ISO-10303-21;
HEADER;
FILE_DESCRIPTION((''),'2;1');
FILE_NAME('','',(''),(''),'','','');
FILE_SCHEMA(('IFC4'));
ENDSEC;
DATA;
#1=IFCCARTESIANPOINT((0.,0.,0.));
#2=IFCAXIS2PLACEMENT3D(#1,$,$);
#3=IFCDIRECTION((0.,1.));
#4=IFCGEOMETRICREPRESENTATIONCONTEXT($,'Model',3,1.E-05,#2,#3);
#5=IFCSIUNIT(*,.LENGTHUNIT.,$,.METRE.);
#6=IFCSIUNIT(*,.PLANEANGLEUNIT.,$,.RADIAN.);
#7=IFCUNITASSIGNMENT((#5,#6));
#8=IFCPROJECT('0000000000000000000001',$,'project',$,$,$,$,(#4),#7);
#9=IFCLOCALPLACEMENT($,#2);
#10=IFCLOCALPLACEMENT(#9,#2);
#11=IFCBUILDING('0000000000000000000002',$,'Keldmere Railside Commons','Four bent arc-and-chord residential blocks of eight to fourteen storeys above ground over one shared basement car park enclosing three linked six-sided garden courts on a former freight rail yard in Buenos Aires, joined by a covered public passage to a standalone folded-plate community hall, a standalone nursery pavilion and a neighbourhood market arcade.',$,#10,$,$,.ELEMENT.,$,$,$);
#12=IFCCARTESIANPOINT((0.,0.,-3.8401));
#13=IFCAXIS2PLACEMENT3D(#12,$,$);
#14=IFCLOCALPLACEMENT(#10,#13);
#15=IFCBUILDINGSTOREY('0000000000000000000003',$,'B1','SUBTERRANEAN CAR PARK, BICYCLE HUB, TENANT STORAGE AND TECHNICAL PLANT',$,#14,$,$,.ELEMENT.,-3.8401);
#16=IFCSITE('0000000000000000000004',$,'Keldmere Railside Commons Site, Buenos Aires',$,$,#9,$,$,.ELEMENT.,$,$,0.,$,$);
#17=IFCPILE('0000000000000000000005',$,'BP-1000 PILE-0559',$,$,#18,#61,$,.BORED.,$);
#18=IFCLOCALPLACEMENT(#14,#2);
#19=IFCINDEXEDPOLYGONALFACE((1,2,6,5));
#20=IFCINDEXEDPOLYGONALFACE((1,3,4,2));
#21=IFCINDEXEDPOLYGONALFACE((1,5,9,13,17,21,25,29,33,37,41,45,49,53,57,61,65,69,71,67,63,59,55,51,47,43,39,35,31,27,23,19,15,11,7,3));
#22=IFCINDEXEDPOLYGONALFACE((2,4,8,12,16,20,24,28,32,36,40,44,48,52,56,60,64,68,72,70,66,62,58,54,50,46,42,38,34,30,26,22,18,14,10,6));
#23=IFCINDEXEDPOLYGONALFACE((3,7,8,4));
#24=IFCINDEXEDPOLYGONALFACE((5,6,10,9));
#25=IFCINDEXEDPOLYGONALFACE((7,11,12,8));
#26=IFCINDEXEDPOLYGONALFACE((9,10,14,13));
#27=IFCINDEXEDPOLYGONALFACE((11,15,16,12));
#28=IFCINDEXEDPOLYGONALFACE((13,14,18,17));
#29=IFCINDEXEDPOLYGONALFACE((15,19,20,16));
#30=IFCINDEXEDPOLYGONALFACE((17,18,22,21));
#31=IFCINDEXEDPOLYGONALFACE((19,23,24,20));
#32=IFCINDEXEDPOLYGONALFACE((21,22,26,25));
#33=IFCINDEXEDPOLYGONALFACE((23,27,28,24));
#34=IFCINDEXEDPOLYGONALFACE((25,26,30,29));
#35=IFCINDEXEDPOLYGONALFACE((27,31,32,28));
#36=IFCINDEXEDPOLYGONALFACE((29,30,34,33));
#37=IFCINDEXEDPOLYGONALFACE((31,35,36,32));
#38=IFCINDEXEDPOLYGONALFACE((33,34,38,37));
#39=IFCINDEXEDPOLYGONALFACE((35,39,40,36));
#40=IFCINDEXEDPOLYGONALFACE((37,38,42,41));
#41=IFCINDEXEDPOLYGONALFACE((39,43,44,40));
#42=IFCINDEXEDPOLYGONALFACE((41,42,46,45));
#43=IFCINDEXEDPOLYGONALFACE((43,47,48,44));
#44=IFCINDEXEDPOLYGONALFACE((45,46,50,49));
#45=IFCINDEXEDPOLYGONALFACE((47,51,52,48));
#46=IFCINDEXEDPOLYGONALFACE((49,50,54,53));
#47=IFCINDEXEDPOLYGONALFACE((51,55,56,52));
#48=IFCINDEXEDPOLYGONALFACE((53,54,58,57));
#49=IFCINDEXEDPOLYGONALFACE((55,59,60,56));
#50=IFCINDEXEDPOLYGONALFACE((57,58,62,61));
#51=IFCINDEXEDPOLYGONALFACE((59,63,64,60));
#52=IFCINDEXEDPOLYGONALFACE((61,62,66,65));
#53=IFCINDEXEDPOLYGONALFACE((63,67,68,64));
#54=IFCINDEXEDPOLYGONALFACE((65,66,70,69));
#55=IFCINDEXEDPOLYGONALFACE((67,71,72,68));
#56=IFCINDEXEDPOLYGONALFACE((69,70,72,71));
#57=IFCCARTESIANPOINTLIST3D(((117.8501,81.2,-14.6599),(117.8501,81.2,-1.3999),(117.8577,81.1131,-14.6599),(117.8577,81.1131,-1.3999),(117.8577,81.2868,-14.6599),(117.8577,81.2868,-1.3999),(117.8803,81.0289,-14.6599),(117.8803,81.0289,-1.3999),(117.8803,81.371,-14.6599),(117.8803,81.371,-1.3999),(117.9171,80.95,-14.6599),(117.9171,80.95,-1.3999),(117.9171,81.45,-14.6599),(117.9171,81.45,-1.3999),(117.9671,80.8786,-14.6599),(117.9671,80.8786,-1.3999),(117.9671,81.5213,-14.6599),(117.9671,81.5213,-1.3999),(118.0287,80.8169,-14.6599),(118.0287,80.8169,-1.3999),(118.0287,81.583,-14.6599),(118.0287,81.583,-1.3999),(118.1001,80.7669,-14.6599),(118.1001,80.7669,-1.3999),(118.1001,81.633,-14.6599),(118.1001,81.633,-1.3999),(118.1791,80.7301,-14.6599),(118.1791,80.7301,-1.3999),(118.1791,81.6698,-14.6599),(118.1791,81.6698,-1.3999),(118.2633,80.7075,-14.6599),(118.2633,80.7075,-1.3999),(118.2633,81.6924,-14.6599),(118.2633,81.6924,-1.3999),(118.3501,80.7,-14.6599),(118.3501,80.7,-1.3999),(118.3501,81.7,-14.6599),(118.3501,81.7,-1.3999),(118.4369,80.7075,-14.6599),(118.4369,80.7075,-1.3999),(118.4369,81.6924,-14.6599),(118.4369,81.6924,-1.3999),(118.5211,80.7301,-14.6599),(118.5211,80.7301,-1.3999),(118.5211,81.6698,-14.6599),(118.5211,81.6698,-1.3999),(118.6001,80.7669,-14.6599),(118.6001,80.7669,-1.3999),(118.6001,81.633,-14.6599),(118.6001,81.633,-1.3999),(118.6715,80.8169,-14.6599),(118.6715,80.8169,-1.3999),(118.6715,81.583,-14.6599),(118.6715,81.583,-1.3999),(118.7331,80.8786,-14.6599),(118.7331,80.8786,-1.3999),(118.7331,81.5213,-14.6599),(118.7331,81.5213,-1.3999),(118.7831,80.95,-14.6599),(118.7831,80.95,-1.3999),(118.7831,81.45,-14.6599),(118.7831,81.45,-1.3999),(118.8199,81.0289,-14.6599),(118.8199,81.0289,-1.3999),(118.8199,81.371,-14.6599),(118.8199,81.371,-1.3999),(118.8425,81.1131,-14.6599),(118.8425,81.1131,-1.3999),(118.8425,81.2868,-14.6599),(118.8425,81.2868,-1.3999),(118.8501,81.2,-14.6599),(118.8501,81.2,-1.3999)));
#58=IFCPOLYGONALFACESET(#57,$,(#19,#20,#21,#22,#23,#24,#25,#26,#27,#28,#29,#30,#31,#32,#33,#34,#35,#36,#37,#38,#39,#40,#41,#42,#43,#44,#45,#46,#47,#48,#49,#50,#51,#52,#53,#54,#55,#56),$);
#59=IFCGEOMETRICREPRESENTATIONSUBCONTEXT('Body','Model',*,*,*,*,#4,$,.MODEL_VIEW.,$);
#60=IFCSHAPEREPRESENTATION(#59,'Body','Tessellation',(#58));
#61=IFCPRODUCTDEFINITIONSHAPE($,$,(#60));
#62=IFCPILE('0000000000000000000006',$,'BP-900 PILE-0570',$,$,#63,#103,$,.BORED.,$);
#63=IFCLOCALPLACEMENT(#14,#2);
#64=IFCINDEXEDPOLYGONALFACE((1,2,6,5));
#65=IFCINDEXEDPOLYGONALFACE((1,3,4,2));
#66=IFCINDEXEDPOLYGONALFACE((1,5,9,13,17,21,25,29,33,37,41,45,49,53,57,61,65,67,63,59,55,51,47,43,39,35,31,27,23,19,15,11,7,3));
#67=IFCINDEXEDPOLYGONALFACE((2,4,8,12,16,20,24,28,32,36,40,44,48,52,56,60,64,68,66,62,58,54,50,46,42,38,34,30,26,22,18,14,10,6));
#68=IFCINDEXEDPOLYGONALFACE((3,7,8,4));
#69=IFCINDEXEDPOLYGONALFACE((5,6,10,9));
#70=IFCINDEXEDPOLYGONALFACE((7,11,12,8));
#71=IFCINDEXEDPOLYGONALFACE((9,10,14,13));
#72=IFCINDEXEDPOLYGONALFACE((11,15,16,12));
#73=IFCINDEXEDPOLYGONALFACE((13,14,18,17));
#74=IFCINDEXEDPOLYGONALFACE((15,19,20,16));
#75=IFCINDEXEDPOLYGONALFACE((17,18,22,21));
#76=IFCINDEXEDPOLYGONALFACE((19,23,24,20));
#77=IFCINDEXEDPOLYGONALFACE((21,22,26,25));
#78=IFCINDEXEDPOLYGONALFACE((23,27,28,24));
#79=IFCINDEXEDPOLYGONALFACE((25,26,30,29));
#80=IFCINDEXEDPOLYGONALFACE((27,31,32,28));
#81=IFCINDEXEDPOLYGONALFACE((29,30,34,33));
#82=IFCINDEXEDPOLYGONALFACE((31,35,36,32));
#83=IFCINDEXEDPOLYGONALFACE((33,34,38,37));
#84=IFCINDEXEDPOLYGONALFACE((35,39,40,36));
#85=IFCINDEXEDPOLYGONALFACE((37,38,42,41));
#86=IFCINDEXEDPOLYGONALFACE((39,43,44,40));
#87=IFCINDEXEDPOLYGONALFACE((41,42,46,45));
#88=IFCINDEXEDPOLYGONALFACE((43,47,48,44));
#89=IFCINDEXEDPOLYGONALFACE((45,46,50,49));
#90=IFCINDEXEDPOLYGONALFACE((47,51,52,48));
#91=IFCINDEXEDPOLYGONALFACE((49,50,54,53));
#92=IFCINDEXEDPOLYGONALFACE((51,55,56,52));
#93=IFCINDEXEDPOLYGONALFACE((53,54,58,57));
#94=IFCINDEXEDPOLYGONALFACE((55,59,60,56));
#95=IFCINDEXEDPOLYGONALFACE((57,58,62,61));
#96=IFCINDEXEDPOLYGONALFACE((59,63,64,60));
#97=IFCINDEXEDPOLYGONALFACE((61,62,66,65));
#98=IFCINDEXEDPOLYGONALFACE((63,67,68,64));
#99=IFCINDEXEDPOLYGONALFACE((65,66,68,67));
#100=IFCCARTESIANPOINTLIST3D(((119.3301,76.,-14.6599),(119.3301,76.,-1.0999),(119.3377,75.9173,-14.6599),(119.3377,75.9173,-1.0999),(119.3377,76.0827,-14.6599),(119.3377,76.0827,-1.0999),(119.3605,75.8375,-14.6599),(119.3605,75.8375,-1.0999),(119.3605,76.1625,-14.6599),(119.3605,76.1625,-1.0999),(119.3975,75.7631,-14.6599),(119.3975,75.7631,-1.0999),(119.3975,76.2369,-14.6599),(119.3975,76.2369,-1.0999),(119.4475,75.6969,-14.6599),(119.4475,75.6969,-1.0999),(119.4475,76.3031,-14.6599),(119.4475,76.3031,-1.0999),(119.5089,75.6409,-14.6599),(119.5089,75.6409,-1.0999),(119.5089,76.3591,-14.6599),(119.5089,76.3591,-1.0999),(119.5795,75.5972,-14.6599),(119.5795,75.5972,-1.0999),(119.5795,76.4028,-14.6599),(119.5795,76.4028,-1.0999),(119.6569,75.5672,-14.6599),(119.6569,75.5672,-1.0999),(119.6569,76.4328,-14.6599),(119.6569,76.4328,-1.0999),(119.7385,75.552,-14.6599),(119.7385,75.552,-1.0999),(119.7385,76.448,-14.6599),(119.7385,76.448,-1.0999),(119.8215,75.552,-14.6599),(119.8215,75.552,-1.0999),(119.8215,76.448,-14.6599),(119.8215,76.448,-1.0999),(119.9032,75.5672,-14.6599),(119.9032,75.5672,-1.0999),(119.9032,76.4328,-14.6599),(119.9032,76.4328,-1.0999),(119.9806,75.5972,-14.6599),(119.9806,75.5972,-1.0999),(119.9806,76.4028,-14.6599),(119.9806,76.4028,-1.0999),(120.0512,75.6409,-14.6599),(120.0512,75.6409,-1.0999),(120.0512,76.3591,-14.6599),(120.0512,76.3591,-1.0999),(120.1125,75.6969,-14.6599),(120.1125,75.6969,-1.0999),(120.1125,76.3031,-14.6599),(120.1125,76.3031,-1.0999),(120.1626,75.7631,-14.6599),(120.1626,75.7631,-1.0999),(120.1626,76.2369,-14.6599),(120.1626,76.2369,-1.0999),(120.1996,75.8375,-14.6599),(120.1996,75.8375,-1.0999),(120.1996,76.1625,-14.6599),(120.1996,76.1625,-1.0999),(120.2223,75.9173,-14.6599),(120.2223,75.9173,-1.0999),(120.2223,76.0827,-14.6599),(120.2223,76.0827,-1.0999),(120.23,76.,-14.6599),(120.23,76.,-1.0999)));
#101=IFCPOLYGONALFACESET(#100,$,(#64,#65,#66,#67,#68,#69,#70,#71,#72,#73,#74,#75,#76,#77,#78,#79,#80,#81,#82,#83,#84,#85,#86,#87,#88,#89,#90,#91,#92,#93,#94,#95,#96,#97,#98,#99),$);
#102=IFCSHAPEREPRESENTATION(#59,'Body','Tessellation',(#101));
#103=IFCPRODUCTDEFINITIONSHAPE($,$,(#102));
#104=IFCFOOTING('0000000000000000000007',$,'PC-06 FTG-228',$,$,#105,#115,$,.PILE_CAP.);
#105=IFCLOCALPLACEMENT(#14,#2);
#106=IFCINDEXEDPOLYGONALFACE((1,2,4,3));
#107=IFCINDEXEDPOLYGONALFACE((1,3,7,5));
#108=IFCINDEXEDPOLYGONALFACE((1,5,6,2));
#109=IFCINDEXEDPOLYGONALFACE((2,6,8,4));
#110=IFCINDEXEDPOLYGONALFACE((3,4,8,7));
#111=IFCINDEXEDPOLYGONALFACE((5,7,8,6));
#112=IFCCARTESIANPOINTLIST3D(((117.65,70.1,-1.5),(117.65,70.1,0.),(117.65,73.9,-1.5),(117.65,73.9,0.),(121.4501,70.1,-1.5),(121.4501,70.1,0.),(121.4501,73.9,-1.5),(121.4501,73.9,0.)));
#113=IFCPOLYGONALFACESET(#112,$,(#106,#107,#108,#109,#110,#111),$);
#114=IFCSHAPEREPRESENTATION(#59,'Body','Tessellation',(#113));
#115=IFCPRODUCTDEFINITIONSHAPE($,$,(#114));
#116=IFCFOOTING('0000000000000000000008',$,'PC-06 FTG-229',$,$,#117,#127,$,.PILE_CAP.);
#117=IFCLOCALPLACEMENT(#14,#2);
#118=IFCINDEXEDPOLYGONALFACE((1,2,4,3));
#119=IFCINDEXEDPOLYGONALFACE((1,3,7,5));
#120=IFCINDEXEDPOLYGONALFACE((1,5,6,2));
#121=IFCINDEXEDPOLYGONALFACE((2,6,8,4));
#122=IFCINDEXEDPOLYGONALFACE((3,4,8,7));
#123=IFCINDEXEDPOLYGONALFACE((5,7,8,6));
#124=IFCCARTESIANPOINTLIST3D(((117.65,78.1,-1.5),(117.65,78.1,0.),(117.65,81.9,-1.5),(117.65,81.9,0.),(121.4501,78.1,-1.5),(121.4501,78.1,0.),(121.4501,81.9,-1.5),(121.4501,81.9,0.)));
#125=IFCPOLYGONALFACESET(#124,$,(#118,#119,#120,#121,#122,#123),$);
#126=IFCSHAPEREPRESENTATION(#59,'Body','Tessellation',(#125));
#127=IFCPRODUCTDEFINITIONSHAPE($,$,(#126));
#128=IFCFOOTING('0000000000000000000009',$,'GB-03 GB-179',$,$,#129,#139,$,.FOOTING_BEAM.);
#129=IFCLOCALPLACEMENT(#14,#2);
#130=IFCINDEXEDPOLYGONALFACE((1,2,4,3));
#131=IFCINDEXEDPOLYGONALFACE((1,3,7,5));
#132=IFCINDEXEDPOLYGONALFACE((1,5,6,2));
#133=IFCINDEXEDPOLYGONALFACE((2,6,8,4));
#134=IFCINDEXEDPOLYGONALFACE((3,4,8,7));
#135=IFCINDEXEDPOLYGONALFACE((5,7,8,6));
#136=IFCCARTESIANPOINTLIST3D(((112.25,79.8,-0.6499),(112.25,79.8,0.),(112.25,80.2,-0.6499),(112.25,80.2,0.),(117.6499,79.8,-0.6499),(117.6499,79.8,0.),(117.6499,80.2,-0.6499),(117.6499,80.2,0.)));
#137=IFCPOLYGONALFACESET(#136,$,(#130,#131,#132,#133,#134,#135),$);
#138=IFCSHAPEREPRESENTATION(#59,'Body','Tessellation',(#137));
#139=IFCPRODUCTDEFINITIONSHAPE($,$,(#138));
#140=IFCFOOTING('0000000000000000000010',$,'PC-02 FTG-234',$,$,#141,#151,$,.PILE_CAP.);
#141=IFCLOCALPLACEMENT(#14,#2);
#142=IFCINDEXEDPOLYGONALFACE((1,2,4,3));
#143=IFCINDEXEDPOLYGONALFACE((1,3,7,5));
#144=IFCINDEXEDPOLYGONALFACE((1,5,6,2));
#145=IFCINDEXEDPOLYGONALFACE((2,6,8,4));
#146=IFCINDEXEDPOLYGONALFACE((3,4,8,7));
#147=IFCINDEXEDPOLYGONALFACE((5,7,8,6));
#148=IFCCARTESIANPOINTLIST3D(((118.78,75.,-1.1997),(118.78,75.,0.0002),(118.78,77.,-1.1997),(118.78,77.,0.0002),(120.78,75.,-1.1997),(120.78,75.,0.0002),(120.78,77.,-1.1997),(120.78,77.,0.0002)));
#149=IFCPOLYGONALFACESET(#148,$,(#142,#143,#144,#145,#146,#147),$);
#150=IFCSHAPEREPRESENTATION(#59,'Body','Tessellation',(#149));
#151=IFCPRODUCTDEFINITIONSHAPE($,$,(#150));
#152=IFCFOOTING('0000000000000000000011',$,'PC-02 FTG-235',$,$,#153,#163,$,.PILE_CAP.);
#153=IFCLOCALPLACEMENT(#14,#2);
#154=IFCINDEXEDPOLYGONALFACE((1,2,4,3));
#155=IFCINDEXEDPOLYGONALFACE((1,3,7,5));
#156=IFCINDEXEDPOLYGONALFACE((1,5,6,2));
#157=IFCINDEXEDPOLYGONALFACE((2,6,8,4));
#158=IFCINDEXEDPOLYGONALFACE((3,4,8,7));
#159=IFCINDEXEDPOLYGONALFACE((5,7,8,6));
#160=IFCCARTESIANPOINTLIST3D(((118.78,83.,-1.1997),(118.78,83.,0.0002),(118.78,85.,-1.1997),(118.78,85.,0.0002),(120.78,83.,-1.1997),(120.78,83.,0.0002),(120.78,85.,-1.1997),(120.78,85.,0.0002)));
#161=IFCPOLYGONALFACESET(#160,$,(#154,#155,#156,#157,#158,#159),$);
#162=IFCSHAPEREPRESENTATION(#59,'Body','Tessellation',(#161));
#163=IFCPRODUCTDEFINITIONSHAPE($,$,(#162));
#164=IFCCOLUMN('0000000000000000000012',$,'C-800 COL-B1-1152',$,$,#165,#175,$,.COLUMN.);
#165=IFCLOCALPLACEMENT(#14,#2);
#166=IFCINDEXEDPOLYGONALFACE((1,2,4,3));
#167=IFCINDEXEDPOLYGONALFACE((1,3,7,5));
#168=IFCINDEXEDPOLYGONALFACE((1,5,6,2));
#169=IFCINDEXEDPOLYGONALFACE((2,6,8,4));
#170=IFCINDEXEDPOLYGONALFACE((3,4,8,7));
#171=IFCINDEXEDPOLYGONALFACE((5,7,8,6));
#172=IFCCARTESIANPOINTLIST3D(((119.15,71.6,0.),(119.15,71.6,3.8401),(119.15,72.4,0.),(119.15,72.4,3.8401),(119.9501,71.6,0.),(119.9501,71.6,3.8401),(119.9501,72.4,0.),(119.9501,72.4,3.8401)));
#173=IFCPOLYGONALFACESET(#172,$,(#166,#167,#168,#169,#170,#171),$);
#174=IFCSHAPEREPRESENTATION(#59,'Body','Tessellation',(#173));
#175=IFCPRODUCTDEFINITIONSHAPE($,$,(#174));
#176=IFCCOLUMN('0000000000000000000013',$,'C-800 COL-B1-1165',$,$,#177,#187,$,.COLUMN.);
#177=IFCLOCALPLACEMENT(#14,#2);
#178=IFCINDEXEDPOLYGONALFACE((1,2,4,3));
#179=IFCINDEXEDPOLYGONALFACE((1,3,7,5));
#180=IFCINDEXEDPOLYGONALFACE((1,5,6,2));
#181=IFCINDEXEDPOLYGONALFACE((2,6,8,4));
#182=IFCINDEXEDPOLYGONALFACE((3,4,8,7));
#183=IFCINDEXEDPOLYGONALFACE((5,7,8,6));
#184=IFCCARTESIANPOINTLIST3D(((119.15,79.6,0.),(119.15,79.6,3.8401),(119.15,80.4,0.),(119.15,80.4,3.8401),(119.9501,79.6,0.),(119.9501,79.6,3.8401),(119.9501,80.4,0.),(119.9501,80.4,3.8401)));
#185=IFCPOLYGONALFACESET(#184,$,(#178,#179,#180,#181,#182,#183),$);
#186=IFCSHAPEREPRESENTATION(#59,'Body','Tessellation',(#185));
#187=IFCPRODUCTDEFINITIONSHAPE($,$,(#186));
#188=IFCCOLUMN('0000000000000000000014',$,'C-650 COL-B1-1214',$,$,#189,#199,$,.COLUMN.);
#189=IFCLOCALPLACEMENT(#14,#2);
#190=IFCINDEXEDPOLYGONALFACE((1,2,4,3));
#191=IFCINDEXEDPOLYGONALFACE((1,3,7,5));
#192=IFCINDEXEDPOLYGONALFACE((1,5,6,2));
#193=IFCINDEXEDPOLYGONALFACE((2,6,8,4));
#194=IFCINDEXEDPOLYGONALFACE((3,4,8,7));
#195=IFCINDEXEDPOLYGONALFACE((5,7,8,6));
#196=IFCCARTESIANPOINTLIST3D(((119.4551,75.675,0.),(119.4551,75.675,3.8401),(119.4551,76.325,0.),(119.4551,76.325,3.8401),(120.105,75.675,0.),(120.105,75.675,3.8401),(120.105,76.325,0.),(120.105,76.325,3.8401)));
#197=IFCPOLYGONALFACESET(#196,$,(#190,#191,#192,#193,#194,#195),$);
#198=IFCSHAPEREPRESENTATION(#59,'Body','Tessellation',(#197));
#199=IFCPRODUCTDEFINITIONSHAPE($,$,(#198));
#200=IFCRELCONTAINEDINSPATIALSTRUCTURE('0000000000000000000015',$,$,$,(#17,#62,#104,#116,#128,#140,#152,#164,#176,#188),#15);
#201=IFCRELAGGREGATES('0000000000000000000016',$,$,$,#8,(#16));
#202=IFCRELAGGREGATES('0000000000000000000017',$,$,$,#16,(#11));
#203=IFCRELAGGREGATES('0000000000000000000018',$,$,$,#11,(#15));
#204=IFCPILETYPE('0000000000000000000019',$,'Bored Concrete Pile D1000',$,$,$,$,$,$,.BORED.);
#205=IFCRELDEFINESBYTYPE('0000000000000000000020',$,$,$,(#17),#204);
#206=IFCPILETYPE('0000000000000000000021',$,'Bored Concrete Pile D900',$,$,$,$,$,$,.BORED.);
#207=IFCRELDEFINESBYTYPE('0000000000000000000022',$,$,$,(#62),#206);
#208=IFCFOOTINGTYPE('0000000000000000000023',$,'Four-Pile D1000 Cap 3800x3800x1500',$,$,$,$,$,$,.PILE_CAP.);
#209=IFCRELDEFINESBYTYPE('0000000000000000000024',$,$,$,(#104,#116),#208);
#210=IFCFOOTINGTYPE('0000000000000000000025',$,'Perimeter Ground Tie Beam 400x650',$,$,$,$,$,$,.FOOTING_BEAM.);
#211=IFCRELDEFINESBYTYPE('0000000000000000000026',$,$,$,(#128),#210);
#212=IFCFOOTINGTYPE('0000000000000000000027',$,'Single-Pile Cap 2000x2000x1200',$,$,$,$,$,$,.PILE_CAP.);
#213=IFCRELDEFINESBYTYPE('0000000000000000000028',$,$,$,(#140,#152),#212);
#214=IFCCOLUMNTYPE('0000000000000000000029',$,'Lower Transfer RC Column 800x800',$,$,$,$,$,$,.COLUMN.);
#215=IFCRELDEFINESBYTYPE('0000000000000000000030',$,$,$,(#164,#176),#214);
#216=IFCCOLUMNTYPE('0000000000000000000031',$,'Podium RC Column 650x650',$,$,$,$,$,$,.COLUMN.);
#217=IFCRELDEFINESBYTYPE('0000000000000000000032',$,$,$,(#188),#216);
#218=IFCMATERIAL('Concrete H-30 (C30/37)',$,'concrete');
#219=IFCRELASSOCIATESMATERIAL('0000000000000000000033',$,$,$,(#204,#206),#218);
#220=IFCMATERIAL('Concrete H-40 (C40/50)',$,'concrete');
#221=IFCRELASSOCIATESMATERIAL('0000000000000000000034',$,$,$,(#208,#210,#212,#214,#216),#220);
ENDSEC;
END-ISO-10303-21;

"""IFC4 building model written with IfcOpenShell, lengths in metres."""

from ifc_helpers import new_model, si_unit, direction, frame, origin, origin_2d, place, context, subcontext, project, spatial, rectangle, circle, extrude, material, material_profile, profile_set, type_object, element, save


model = new_model("IFC4")

# Units and contexts
model_context = context("Model", 3, precision=1e-05, world=origin(), true_north=direction((0.0, 1.0)))
body_context = subcontext(model_context, "Body", "Model", "MODEL_VIEW")
ifc_project = project(units=[si_unit("LENGTHUNIT", "METRE"), si_unit("PLANEANGLEUNIT", "RADIAN")], contexts=[model_context])

# Site, building, storey
site_placement = place(None, origin())
site = spatial("IfcSite", under=ifc_project, at=site_placement, Name="Keldmere Railside Commons Site, Buenos Aires", CompositionType="ELEMENT", RefElevation=0.0)
building_placement = place(site_placement, origin())
building = spatial("IfcBuilding", under=site, at=building_placement, Name="Keldmere Railside Commons", Description="Four bent arc-and-chord residential blocks of eight to fourteen storeys above ground over one shared basement car park enclosing three linked six-sided garden courts on a former freight rail yard in Buenos Aires, joined by a covered public passage to a standalone folded-plate community hall, a standalone nursery pavilion and a neighbourhood market arcade.", CompositionType="ELEMENT")
storey_placement = place(building_placement, frame((0.0, 0.0, -3.8401)))
storey = spatial("IfcBuildingStorey", under=building, at=storey_placement, Name="B1", Description="SUBTERRANEAN CAR PARK, BICYCLE HUB, TENANT STORAGE AND TECHNICAL PLANT", CompositionType="ELEMENT", Elevation=-3.8401)

# Piles
ifc_material_1 = material(Name="Concrete H-30 (C30/37)", Category="concrete")
ifc_material_profile_1 = material_profile(ifc_material_1, circle(Radius=0.5, at=origin_2d()), Name="PILE-D1000")
ifc_profile_set_1 = profile_set([ifc_material_profile_1], Name="Concrete H-30 (C30/37)")
pile_type_1 = type_object("IfcPileType", Name="Bored Concrete Pile D1000", PredefinedType="BORED", material=ifc_profile_set_1)
for number, where, z_axis, x_axis, name in (
    (1, (118.3501, 81.2, -1.3999), (0.0, 0.0, -1.0), (1.0, 0.0, 0.0), "BP-1000 PILE-0559"),
):
    element("IfcPile", number, at=place(storey_placement, frame(where, z_axis=z_axis, x_axis=x_axis)), inside=storey, type_object=pile_type_1, Name=name, PredefinedType="BORED", context=body_context, shape_type="SweptSolid", body=[
        extrude(circle(Radius=0.5, at=origin_2d()), origin(), (0.0, 0.0, 1.0), 13.26),
    ])
ifc_material_profile_2 = material_profile(ifc_material_1, circle(Radius=0.45, at=origin_2d()), Name="PILE-D900")
ifc_profile_set_2 = profile_set([ifc_material_profile_2], Name="Concrete H-30 (C30/37)")
pile_type_2 = type_object("IfcPileType", Name="Bored Concrete Pile D900", PredefinedType="BORED", material=ifc_profile_set_2)
pile_placement = place(storey_placement, frame((119.78, 76.0, -1.0999), z_axis=(0.0, 0.0, -1.0), x_axis=(1.0, 0.0, 0.0)))
element("IfcPile", 2, at=pile_placement, inside=storey, type_object=pile_type_2, Name="BP-900 PILE-0570", PredefinedType="BORED", context=body_context, shape_type="SweptSolid", body=[
    extrude(circle(Radius=0.45, at=origin_2d()), origin(), (0.0, 0.0, 1.0), 13.5601),
])

# Footings
ifc_material_2 = material(Name="Concrete H-40 (C40/50)", Category="concrete")
footing_type_1 = type_object("IfcFootingType", Name="Four-Pile D1000 Cap 3800x3800x1500", PredefinedType="PILE_CAP", material=ifc_material_2)
for number, where, z_axis, x_axis, name in (
    (3, (119.55, 72.0, -1.5), (0.0, 0.0, 1.0), (1.0, 0.0, 0.0), "PC-06 FTG-228"),
    (4, (119.55, 80.0, -1.5), (0.0, 0.0, 1.0), (1.0, 0.0, 0.0), "PC-06 FTG-229"),
):
    element("IfcFooting", number, at=place(storey_placement, frame(where, z_axis=z_axis, x_axis=x_axis)), inside=storey, type_object=footing_type_1, Name=name, PredefinedType="PILE_CAP", context=body_context, shape_type="SweptSolid", body=[
        extrude(rectangle(XDim=3.8, YDim=3.8, at=origin_2d()), origin(), (0.0, 0.0, 1.0), 1.5),
    ])
footing_type_2 = type_object("IfcFootingType", Name="Perimeter Ground Tie Beam 400x650", PredefinedType="FOOTING_BEAM", material=ifc_material_2)
footing_placement = place(storey_placement, frame((114.95, 80.0, -0.6499), z_axis=(0.0, 0.0, 1.0), x_axis=(1.0, 0.0, 0.0)))
element("IfcFooting", 5, at=footing_placement, inside=storey, type_object=footing_type_2, Name="GB-03 GB-179", PredefinedType="FOOTING_BEAM", context=body_context, shape_type="SweptSolid", body=[
    extrude(rectangle(XDim=5.3999, YDim=0.3999, at=origin_2d()), origin(), (0.0, 0.0, 1.0), 0.6499),
])
footing_type_3 = type_object("IfcFootingType", Name="Single-Pile Cap 2000x2000x1200", PredefinedType="PILE_CAP", material=ifc_material_2)
for number, where, z_axis, x_axis, name in (
    (6, (119.78, 76.0, -1.1997), (0.0, 0.0, 1.0), (1.0, 0.0, 0.0), "PC-02 FTG-234"),
    (7, (119.78, 84.0, -1.1997), (0.0, 0.0, 1.0), (1.0, 0.0, 0.0), "PC-02 FTG-235"),
):
    element("IfcFooting", number, at=place(storey_placement, frame(where, z_axis=z_axis, x_axis=x_axis)), inside=storey, type_object=footing_type_3, Name=name, PredefinedType="PILE_CAP", context=body_context, shape_type="SweptSolid", body=[
        extrude(rectangle(XDim=2.0, YDim=2.0, at=origin_2d()), origin(), (0.0, 0.0, 1.0), 1.2),
    ])

# Columns
ifc_material_profile_3 = material_profile(ifc_material_2, rectangle(XDim=0.8, YDim=0.8, at=origin_2d()), Name="RC-800x800")
ifc_profile_set_3 = profile_set([ifc_material_profile_3], Name="Concrete H-40 (C40/50)")
column_type_1 = type_object("IfcColumnType", Name="Lower Transfer RC Column 800x800", PredefinedType="COLUMN", material=ifc_profile_set_3)
for number, where, z_axis, x_axis, name in (
    (8, (119.55, 72.0, 0.0), (0.0, 0.0, 1.0), (1.0, 0.0, 0.0), "C-800 COL-B1-1152"),
    (9, (119.55, 80.0, 0.0), (0.0, 0.0, 1.0), (1.0, 0.0, 0.0), "C-800 COL-B1-1165"),
):
    element("IfcColumn", number, at=place(storey_placement, frame(where, z_axis=z_axis, x_axis=x_axis)), inside=storey, type_object=column_type_1, Name=name, PredefinedType="COLUMN", context=body_context, shape_type="SweptSolid", body=[
        extrude(rectangle(XDim=0.8, YDim=0.8, at=origin_2d()), origin(), (0.0, 0.0, 1.0), 3.8401),
    ])
ifc_material_profile_4 = material_profile(ifc_material_2, rectangle(XDim=0.6499, YDim=0.6499, at=origin_2d()), Name="RC-650x650")
ifc_profile_set_4 = profile_set([ifc_material_profile_4], Name="Concrete H-40 (C40/50)")
column_type_2 = type_object("IfcColumnType", Name="Podium RC Column 650x650", PredefinedType="COLUMN", material=ifc_profile_set_4)
column_placement = place(storey_placement, frame((119.78, 76.0, 0.0), z_axis=(0.0, 0.0, 1.0), x_axis=(1.0, 0.0, 0.0)))
element("IfcColumn", 10, at=column_placement, inside=storey, type_object=column_type_2, Name="C-650 COL-B1-1214", PredefinedType="COLUMN", context=body_context, shape_type="SweptSolid", body=[
    extrude(rectangle(XDim=0.6499, YDim=0.6499, at=origin_2d()), origin(), (0.0, 0.0, 1.0), 3.8401),
])

save(model, "model.ifc")
